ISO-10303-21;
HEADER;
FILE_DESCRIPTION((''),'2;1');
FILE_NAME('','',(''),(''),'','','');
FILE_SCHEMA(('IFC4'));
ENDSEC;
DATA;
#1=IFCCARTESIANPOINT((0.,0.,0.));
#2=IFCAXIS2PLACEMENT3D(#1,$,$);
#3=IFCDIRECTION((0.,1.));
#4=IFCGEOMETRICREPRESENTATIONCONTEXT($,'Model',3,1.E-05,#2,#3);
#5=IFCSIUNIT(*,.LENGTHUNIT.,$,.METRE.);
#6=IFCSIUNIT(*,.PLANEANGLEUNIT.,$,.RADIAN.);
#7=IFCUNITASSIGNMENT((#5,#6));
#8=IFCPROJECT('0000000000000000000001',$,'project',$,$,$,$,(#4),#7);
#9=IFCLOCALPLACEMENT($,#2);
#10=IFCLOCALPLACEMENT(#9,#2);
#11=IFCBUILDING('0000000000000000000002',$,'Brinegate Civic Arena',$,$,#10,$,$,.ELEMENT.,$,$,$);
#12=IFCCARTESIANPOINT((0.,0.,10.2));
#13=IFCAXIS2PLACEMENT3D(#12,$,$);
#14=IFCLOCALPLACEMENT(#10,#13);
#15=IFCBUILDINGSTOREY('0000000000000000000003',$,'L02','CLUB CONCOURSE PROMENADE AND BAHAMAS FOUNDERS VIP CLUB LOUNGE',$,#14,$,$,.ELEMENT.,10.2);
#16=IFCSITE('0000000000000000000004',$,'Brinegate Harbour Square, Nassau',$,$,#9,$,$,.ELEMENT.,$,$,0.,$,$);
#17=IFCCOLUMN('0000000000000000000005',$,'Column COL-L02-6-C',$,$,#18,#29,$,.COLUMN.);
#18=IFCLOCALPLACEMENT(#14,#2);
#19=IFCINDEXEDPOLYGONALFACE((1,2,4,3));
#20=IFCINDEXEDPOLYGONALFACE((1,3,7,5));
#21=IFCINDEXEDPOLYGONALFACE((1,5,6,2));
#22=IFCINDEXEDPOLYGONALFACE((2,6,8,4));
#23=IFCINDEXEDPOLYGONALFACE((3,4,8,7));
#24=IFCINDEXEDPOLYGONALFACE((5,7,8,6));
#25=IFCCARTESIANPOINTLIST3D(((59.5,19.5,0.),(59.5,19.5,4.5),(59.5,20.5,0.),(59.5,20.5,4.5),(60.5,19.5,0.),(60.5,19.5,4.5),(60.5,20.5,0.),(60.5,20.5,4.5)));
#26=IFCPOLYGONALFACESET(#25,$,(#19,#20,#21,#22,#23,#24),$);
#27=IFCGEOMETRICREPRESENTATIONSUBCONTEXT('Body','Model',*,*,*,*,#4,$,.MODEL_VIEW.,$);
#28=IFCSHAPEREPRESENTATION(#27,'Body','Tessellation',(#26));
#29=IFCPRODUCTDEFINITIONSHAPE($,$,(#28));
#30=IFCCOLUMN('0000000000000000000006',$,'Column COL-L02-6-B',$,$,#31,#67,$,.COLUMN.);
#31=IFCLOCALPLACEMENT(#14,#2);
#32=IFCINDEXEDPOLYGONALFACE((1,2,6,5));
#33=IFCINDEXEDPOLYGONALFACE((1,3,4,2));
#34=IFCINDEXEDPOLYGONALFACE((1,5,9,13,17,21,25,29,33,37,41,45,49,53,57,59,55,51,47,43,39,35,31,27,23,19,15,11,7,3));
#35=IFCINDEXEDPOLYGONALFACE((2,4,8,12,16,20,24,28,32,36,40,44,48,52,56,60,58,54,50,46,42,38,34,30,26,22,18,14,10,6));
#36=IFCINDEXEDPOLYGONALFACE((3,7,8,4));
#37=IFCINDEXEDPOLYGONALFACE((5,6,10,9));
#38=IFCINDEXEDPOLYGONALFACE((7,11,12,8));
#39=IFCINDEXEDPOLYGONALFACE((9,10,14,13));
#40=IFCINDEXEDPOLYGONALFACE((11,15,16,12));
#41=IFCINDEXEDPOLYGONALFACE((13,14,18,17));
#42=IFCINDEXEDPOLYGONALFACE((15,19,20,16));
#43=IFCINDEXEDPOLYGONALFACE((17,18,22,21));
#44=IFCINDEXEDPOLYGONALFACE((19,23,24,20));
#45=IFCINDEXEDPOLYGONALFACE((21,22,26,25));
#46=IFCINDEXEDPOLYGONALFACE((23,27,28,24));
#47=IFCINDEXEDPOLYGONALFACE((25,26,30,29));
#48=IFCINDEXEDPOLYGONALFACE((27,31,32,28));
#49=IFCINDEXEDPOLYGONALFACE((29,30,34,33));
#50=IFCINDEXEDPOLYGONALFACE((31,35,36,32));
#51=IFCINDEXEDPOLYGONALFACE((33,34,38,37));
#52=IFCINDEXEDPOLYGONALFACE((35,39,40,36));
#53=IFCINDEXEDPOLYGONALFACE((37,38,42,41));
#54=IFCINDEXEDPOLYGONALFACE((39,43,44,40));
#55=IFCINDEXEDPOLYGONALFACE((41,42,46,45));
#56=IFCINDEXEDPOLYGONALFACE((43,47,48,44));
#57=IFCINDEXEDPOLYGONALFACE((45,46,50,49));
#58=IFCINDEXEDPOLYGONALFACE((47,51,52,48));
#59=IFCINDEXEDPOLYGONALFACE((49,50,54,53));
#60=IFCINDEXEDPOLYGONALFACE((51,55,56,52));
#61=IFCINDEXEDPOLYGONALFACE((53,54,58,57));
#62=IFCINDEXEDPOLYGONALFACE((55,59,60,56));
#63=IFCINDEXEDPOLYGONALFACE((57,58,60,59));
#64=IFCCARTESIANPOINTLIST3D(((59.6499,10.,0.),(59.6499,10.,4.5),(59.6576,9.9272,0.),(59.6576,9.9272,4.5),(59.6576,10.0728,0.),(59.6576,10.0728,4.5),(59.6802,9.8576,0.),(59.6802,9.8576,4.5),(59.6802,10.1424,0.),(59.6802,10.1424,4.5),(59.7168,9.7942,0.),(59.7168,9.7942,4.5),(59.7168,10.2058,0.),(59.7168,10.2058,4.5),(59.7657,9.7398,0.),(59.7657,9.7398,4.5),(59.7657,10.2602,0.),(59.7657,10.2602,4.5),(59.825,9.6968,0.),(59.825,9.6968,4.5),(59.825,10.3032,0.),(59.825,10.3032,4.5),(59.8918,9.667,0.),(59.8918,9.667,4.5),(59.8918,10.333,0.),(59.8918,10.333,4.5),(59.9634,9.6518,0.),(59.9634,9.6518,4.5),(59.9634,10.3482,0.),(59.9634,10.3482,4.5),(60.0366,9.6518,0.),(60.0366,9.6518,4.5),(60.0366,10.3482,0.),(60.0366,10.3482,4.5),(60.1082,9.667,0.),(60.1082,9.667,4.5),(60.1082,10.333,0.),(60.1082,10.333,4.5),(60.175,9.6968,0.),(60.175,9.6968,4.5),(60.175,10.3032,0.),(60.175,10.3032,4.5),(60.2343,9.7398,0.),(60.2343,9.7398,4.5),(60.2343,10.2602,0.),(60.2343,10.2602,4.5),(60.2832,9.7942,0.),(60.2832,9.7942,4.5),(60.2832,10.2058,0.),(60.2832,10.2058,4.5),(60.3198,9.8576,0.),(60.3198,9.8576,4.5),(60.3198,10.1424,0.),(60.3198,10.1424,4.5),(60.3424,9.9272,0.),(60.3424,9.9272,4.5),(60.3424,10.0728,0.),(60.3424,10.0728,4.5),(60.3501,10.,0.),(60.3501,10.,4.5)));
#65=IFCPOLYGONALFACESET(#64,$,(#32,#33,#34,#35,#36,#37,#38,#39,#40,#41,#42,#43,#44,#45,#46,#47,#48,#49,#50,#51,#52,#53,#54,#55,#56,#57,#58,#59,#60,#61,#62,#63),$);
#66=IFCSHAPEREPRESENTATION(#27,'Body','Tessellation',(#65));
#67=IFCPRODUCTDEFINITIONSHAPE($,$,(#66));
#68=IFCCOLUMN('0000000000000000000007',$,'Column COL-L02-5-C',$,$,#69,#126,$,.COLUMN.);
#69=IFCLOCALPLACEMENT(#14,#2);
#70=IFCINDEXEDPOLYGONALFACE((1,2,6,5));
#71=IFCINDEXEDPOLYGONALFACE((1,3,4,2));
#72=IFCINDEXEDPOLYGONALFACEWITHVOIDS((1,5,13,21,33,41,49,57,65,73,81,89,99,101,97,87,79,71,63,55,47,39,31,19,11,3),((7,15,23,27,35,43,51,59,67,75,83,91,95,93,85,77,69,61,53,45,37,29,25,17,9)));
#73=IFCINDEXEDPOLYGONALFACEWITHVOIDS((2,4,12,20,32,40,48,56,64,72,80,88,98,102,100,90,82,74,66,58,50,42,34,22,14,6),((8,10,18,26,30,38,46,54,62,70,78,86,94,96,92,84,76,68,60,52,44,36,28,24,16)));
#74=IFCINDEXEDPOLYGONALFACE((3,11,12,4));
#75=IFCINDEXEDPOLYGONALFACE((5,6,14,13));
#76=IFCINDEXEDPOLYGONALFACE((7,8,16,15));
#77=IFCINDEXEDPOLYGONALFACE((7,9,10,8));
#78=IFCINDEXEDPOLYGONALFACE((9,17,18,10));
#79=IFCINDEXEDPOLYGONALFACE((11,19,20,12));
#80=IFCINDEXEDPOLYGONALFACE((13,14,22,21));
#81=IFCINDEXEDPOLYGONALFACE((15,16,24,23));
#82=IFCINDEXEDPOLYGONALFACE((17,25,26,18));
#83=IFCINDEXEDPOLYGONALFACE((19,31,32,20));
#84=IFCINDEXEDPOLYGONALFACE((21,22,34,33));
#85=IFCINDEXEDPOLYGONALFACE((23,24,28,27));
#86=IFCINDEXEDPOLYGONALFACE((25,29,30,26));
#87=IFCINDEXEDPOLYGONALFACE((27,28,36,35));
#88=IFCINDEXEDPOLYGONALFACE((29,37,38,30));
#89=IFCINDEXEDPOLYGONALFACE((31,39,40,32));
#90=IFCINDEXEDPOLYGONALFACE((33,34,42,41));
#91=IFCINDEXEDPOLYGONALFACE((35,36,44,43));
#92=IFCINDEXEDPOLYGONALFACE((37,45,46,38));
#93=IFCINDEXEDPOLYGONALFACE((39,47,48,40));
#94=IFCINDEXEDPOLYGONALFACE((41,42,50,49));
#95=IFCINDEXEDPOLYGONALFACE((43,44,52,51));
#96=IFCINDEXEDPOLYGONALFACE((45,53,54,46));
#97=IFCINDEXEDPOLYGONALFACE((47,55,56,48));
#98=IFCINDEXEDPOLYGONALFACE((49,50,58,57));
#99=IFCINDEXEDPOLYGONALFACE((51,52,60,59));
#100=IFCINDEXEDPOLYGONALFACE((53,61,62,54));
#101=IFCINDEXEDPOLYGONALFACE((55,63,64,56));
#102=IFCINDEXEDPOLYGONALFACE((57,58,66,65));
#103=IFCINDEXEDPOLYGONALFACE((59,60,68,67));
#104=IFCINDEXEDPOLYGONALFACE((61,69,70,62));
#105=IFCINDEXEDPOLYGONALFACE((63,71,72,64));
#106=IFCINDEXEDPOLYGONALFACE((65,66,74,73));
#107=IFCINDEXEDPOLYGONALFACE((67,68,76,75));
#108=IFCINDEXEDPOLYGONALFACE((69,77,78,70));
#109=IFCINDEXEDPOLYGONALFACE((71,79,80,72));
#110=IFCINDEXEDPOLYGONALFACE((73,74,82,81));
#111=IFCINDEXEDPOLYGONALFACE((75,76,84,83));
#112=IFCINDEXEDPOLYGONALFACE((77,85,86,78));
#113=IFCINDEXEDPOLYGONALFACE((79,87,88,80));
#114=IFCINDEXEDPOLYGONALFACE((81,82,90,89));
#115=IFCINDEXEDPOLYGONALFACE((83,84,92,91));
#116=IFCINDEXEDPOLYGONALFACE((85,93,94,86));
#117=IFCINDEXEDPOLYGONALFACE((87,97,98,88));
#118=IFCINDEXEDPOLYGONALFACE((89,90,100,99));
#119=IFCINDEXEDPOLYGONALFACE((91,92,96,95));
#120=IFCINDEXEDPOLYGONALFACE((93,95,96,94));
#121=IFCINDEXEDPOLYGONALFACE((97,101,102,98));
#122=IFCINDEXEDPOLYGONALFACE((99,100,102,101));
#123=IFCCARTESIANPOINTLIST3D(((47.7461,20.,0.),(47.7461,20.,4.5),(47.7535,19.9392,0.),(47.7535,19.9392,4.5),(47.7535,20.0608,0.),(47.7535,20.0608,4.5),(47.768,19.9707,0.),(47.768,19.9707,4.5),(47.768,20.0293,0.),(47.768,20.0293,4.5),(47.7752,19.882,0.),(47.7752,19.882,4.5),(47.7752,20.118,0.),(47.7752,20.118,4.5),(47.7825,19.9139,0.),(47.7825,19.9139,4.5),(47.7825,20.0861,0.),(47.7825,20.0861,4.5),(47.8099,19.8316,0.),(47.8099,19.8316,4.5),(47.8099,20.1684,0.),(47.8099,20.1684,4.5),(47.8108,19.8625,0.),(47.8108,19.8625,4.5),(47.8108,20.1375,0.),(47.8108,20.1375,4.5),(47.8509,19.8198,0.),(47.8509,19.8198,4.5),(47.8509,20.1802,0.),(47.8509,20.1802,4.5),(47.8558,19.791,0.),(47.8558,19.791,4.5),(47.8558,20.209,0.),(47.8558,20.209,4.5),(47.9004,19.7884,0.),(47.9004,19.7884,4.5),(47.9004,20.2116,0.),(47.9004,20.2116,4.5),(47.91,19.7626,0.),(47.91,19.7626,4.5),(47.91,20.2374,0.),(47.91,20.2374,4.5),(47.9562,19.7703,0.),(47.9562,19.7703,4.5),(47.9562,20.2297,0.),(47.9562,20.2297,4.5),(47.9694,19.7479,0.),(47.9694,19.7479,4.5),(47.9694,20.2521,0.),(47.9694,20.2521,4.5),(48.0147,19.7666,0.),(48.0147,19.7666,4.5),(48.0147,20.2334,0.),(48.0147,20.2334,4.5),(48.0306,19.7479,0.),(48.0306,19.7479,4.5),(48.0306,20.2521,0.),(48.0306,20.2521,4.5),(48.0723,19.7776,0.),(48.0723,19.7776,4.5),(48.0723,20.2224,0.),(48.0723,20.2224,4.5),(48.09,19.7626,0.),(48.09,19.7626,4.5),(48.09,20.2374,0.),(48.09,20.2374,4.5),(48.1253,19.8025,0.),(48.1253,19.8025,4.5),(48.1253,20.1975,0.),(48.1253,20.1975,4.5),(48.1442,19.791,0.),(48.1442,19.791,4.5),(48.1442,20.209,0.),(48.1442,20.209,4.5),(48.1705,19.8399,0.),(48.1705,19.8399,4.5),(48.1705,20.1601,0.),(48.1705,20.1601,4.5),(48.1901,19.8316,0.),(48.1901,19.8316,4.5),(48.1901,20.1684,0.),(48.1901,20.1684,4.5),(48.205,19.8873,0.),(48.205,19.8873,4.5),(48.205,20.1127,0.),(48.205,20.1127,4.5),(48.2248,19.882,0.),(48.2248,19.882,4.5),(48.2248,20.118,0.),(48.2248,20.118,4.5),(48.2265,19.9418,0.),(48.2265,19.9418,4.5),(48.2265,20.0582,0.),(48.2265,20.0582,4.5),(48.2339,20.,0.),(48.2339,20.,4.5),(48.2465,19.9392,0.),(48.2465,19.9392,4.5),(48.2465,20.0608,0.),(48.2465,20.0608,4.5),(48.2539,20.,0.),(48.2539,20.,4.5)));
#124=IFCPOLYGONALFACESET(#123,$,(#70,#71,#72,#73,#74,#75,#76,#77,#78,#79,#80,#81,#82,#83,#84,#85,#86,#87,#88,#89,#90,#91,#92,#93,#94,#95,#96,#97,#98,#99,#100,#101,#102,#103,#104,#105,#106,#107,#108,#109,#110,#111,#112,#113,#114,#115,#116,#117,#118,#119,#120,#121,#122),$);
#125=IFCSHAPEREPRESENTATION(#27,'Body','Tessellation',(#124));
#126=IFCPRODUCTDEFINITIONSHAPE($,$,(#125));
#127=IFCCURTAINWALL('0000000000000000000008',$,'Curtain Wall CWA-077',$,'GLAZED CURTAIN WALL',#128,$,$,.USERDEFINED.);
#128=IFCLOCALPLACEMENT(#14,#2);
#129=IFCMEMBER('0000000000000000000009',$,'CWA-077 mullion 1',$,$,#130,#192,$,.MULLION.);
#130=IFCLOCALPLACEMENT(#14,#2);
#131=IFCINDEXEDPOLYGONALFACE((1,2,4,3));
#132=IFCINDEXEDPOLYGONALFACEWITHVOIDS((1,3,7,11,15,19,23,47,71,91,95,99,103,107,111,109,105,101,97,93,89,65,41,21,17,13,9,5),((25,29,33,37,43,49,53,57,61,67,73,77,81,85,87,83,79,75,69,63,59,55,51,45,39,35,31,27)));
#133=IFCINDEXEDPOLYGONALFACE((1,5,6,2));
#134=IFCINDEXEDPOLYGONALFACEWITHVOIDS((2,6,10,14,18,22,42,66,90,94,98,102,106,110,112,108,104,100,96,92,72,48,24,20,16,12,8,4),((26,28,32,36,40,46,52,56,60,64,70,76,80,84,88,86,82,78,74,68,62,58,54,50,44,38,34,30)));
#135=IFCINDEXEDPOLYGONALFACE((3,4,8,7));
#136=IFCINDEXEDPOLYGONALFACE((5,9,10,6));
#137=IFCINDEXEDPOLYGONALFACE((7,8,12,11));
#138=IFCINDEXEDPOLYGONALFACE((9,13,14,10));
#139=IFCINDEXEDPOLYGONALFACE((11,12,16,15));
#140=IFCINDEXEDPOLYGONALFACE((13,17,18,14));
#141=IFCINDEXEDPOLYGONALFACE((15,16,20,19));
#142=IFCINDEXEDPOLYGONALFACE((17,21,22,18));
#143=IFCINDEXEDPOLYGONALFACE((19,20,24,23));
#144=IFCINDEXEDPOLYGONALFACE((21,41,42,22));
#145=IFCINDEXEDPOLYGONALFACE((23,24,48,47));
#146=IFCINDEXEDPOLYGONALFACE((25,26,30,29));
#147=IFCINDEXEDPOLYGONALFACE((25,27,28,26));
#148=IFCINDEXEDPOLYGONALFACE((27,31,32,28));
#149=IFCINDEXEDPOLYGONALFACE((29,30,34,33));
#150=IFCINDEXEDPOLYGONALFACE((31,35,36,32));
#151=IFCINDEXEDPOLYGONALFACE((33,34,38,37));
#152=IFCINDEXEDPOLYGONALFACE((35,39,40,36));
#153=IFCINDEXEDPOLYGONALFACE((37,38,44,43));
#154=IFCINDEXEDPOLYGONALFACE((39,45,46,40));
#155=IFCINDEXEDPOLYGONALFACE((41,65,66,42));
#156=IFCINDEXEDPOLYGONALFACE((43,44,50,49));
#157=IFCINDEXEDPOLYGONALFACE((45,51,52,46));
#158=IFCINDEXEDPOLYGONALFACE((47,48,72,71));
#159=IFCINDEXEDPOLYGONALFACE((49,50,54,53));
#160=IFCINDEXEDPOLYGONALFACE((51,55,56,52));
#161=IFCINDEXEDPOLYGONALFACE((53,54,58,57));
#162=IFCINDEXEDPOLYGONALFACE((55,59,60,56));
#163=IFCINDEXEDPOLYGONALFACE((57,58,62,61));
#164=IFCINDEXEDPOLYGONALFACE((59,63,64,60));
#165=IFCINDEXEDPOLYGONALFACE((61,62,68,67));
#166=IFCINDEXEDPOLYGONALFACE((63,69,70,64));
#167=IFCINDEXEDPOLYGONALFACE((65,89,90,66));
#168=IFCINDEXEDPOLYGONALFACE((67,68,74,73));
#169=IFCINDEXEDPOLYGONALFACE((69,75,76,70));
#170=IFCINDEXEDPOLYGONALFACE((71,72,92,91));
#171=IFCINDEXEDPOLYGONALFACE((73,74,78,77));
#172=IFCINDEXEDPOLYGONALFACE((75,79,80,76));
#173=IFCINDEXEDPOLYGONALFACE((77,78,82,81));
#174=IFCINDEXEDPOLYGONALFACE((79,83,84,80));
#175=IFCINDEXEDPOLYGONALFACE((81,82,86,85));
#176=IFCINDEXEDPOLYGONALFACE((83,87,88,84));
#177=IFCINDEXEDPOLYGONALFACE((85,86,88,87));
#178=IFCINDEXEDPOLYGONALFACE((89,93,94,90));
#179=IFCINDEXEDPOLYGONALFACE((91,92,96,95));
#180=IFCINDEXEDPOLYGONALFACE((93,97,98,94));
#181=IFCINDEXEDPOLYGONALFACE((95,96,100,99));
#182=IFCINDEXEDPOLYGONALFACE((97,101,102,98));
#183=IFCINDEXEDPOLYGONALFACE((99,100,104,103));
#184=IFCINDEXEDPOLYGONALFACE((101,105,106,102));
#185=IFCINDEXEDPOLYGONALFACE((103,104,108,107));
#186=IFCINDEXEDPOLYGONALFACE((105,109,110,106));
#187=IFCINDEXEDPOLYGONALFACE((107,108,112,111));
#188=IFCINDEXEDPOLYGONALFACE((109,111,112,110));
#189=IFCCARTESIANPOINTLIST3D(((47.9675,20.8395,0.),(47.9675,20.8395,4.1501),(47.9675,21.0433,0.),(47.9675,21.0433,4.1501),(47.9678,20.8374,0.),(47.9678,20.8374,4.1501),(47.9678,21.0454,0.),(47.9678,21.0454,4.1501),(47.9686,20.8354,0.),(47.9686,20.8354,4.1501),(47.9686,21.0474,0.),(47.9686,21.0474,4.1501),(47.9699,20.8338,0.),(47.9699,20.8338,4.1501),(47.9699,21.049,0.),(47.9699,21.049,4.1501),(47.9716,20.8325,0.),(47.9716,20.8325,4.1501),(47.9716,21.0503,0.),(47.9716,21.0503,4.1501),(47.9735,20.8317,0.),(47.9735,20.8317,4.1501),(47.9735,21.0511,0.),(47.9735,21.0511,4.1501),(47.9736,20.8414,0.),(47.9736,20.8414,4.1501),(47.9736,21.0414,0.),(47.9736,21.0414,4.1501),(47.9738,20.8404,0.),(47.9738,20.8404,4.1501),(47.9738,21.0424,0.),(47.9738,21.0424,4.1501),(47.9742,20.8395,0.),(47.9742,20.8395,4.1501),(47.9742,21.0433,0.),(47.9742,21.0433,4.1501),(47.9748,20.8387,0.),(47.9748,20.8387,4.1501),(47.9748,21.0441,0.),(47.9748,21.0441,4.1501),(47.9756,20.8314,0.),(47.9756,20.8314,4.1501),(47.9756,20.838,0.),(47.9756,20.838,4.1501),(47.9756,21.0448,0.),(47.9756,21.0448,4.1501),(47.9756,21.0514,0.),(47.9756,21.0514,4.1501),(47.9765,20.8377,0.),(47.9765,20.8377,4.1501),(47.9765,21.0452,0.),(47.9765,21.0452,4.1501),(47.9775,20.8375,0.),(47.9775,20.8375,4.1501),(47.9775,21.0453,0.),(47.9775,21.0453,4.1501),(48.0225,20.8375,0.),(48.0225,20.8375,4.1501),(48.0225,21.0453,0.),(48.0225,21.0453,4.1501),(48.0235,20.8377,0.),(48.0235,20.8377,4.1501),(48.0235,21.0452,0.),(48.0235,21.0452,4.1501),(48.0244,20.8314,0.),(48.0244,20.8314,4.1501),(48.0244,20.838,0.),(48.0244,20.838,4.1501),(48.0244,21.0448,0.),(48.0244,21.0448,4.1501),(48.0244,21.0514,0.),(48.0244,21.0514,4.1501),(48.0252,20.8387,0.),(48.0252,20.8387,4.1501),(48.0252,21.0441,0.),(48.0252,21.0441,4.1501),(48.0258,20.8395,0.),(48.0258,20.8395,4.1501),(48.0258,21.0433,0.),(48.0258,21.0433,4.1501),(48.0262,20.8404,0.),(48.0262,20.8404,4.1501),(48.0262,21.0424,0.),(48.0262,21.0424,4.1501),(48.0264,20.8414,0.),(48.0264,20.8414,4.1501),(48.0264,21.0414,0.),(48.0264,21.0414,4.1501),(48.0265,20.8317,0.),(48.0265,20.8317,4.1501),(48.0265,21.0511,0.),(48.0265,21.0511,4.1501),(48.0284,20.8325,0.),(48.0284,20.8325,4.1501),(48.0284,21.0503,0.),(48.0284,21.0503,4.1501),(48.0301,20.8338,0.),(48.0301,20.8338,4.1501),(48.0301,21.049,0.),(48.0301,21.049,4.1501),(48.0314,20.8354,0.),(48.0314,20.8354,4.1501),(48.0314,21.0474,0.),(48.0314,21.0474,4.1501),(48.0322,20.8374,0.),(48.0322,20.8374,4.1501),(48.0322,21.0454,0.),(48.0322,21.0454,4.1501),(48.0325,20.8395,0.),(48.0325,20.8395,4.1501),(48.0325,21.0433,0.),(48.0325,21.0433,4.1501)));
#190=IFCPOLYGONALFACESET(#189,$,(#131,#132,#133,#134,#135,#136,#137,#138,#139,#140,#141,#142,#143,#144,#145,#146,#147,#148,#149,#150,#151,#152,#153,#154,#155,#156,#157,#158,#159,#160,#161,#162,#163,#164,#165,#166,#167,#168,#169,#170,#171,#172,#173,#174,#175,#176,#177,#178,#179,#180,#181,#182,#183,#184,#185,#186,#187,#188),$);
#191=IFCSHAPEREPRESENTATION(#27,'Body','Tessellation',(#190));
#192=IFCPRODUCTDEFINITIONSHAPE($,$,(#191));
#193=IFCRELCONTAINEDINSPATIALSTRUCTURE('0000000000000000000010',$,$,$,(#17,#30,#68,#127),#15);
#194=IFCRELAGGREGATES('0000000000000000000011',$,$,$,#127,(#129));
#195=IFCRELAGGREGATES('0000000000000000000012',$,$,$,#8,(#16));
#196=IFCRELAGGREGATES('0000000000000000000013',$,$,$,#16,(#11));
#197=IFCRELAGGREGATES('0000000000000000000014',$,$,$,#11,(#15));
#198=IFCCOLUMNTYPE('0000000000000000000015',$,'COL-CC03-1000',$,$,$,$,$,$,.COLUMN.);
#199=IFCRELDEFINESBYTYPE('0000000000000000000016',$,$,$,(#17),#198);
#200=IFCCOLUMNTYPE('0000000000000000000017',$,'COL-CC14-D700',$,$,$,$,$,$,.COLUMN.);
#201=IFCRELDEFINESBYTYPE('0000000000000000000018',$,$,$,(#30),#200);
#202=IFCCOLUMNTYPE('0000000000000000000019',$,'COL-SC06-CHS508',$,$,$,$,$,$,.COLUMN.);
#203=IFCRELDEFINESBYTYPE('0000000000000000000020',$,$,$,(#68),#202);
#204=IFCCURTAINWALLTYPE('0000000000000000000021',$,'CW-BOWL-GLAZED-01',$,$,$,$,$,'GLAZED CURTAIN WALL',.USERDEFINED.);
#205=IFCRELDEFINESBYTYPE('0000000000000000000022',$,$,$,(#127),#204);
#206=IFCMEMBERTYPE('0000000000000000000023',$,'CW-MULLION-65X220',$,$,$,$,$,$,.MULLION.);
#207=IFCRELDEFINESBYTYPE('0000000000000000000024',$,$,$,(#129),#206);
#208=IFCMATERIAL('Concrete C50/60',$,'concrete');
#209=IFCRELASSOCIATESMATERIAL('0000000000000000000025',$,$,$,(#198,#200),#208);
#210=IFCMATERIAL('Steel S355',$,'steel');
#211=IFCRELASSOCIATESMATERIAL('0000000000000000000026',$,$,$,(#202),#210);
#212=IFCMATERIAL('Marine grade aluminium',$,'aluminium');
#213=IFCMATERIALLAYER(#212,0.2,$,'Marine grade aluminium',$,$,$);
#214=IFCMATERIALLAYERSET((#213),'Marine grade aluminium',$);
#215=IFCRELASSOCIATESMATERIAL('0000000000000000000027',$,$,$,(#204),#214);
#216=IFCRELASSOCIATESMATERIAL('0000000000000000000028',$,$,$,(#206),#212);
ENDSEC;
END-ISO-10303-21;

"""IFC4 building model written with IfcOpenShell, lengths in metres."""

from ifc_helpers import new_model, si_unit, direction, frame, origin, origin_2d, place, context, subcontext, project, spatial, rectangle, hollow_rectangle, circle, hollow_circle, extrude, material, layer, layer_set, material_profile, profile_set, type_object, element, aggregate, save


model = new_model("IFC4")

# Units and contexts
model_context = context("Model", 3, precision=1e-05, world=origin(), true_north=direction((0.0, 1.0)))
body_context = subcontext(model_context, "Body", "Model", "MODEL_VIEW")
ifc_project = project(units=[si_unit("LENGTHUNIT", "METRE"), si_unit("PLANEANGLEUNIT", "RADIAN")], contexts=[model_context])

# Site, building, storey
site_placement = place(None, origin())
site = spatial("IfcSite", under=ifc_project, at=site_placement, Name="Brinegate Harbour Square, Nassau", CompositionType="ELEMENT", RefElevation=0.0)
building_placement = place(site_placement, origin())
building = spatial("IfcBuilding", under=site, at=building_placement, Name="Brinegate Civic Arena", CompositionType="ELEMENT")
storey_placement = place(building_placement, frame((0.0, 0.0, 10.2)))
storey = spatial("IfcBuildingStorey", under=building, at=storey_placement, Name="L02", Description="CLUB CONCOURSE PROMENADE AND BAHAMAS FOUNDERS VIP CLUB LOUNGE", CompositionType="ELEMENT", Elevation=10.2)

# Columns
ifc_material_1 = material(Name="Concrete C50/60", Category="concrete")
ifc_material_profile_1 = material_profile(ifc_material_1, rectangle(XDim=1.0, YDim=1.0, at=origin_2d()), Name="RC1000X1000")
ifc_profile_set_1 = profile_set([ifc_material_profile_1], Name="Concrete C50/60")
column_type_1 = type_object("IfcColumnType", Name="COL-CC03-1000", PredefinedType="COLUMN", material=ifc_profile_set_1)
column_1_placement = place(storey_placement, frame((60.0, 20.0, 0.0), z_axis=(0.0, 0.0, 1.0), x_axis=(1.0, 0.0, 0.0)))
element("IfcColumn", 1, at=column_1_placement, inside=storey, type_object=column_type_1, Name="Column COL-L02-6-C", PredefinedType="COLUMN", context=body_context, shape_type="SweptSolid", body=[
    extrude(rectangle(XDim=1.0, YDim=1.0, at=origin_2d()), origin(), (0.0, 0.0, 1.0), 4.5),
])
ifc_material_profile_2 = material_profile(ifc_material_1, circle(Radius=0.3501, at=origin_2d()), Name="RCD700")
ifc_profile_set_2 = profile_set([ifc_material_profile_2], Name="Concrete C50/60")
column_type_2 = type_object("IfcColumnType", Name="COL-CC14-D700", PredefinedType="COLUMN", material=ifc_profile_set_2)
column_2_placement = place(storey_placement, frame((60.0, 10.0, 0.0), z_axis=(0.0, 0.0, 1.0), x_axis=(1.0, 0.0, 0.0)))
element("IfcColumn", 2, at=column_2_placement, inside=storey, type_object=column_type_2, Name="Column COL-L02-6-B", PredefinedType="COLUMN", context=body_context, shape_type="SweptSolid", body=[
    extrude(circle(Radius=0.3501, at=origin_2d()), origin(), (0.0, 0.0, 1.0), 4.5),
])
ifc_material_2 = material(Name="Steel S355", Category="steel")
ifc_material_profile_3 = material_profile(ifc_material_2, hollow_circle(Radius=0.2539, WallThickness=0.02, at=origin_2d()), Name="CHS508X20")
ifc_profile_set_3 = profile_set([ifc_material_profile_3], Name="Steel S355")
column_type_3 = type_object("IfcColumnType", Name="COL-SC06-CHS508", PredefinedType="COLUMN", material=ifc_profile_set_3)
column_3_placement = place(storey_placement, frame((48.0, 20.0, 0.0), z_axis=(0.0, 0.0, 1.0), x_axis=(1.0, 0.0, 0.0)))
element("IfcColumn", 3, at=column_3_placement, inside=storey, type_object=column_type_3, Name="Column COL-L02-5-C", PredefinedType="COLUMN", context=body_context, shape_type="SweptSolid", body=[
    extrude(hollow_circle(Radius=0.2539, WallThickness=0.02, at=origin_2d()), origin(), (0.0, 0.0, 1.0), 4.5),
])

# Curtain wall, member
ifc_material_3 = material(Name="Marine grade aluminium", Category="aluminium")
ifc_layer_1 = layer(ifc_material_3, 0.2, Name="Marine grade aluminium")
ifc_layer_set_1 = layer_set([ifc_layer_1], Name="Marine grade aluminium")
curtain_wall_type = type_object("IfcCurtainWallType", Name="CW-BOWL-GLAZED-01", ElementType="GLAZED CURTAIN WALL", PredefinedType="USERDEFINED", material=ifc_layer_set_1)
curtain_wall_1_placement = place(storey_placement, origin())
curtain_wall_1 = element("IfcCurtainWall", 4, at=curtain_wall_1_placement, inside=storey, type_object=curtain_wall_type, Name="Curtain Wall CWA-077", ObjectType="GLAZED CURTAIN WALL", PredefinedType="USERDEFINED")
ifc_material_profile_4 = material_profile(ifc_material_3, hollow_rectangle(XDim=0.0649, YDim=0.22, WallThickness=0.0061, InnerFilletRadius=0.0039, OuterFilletRadius=0.0081, at=origin_2d()), Name="MUL65X220")
ifc_profile_set_4 = profile_set([ifc_material_profile_4], Name="Marine grade aluminium")
member_type_1 = type_object("IfcMemberType", Name="CW-MULLION-65X220", PredefinedType="MULLION", material=ifc_profile_set_4)
member_1_placement = place(storey_placement, frame((48.0, 20.9414, 0.0), z_axis=(0.0, 0.0, 1.0), x_axis=(-1.0, 0.0, 0.0)))
member_1 = element("IfcMember", 5, at=member_1_placement, type_object=member_type_1, Name="CWA-077 mullion 1", PredefinedType="MULLION", context=body_context, shape_type="SweptSolid", body=[
    extrude(hollow_rectangle(XDim=0.0649, YDim=0.22, WallThickness=0.0061, InnerFilletRadius=0.0039, OuterFilletRadius=0.0081, at=origin_2d()), origin(), (0.0, 0.0, 1.0), 4.1501),
])

aggregate(curtain_wall_1, [member_1])

save(model, "model.ifc")
